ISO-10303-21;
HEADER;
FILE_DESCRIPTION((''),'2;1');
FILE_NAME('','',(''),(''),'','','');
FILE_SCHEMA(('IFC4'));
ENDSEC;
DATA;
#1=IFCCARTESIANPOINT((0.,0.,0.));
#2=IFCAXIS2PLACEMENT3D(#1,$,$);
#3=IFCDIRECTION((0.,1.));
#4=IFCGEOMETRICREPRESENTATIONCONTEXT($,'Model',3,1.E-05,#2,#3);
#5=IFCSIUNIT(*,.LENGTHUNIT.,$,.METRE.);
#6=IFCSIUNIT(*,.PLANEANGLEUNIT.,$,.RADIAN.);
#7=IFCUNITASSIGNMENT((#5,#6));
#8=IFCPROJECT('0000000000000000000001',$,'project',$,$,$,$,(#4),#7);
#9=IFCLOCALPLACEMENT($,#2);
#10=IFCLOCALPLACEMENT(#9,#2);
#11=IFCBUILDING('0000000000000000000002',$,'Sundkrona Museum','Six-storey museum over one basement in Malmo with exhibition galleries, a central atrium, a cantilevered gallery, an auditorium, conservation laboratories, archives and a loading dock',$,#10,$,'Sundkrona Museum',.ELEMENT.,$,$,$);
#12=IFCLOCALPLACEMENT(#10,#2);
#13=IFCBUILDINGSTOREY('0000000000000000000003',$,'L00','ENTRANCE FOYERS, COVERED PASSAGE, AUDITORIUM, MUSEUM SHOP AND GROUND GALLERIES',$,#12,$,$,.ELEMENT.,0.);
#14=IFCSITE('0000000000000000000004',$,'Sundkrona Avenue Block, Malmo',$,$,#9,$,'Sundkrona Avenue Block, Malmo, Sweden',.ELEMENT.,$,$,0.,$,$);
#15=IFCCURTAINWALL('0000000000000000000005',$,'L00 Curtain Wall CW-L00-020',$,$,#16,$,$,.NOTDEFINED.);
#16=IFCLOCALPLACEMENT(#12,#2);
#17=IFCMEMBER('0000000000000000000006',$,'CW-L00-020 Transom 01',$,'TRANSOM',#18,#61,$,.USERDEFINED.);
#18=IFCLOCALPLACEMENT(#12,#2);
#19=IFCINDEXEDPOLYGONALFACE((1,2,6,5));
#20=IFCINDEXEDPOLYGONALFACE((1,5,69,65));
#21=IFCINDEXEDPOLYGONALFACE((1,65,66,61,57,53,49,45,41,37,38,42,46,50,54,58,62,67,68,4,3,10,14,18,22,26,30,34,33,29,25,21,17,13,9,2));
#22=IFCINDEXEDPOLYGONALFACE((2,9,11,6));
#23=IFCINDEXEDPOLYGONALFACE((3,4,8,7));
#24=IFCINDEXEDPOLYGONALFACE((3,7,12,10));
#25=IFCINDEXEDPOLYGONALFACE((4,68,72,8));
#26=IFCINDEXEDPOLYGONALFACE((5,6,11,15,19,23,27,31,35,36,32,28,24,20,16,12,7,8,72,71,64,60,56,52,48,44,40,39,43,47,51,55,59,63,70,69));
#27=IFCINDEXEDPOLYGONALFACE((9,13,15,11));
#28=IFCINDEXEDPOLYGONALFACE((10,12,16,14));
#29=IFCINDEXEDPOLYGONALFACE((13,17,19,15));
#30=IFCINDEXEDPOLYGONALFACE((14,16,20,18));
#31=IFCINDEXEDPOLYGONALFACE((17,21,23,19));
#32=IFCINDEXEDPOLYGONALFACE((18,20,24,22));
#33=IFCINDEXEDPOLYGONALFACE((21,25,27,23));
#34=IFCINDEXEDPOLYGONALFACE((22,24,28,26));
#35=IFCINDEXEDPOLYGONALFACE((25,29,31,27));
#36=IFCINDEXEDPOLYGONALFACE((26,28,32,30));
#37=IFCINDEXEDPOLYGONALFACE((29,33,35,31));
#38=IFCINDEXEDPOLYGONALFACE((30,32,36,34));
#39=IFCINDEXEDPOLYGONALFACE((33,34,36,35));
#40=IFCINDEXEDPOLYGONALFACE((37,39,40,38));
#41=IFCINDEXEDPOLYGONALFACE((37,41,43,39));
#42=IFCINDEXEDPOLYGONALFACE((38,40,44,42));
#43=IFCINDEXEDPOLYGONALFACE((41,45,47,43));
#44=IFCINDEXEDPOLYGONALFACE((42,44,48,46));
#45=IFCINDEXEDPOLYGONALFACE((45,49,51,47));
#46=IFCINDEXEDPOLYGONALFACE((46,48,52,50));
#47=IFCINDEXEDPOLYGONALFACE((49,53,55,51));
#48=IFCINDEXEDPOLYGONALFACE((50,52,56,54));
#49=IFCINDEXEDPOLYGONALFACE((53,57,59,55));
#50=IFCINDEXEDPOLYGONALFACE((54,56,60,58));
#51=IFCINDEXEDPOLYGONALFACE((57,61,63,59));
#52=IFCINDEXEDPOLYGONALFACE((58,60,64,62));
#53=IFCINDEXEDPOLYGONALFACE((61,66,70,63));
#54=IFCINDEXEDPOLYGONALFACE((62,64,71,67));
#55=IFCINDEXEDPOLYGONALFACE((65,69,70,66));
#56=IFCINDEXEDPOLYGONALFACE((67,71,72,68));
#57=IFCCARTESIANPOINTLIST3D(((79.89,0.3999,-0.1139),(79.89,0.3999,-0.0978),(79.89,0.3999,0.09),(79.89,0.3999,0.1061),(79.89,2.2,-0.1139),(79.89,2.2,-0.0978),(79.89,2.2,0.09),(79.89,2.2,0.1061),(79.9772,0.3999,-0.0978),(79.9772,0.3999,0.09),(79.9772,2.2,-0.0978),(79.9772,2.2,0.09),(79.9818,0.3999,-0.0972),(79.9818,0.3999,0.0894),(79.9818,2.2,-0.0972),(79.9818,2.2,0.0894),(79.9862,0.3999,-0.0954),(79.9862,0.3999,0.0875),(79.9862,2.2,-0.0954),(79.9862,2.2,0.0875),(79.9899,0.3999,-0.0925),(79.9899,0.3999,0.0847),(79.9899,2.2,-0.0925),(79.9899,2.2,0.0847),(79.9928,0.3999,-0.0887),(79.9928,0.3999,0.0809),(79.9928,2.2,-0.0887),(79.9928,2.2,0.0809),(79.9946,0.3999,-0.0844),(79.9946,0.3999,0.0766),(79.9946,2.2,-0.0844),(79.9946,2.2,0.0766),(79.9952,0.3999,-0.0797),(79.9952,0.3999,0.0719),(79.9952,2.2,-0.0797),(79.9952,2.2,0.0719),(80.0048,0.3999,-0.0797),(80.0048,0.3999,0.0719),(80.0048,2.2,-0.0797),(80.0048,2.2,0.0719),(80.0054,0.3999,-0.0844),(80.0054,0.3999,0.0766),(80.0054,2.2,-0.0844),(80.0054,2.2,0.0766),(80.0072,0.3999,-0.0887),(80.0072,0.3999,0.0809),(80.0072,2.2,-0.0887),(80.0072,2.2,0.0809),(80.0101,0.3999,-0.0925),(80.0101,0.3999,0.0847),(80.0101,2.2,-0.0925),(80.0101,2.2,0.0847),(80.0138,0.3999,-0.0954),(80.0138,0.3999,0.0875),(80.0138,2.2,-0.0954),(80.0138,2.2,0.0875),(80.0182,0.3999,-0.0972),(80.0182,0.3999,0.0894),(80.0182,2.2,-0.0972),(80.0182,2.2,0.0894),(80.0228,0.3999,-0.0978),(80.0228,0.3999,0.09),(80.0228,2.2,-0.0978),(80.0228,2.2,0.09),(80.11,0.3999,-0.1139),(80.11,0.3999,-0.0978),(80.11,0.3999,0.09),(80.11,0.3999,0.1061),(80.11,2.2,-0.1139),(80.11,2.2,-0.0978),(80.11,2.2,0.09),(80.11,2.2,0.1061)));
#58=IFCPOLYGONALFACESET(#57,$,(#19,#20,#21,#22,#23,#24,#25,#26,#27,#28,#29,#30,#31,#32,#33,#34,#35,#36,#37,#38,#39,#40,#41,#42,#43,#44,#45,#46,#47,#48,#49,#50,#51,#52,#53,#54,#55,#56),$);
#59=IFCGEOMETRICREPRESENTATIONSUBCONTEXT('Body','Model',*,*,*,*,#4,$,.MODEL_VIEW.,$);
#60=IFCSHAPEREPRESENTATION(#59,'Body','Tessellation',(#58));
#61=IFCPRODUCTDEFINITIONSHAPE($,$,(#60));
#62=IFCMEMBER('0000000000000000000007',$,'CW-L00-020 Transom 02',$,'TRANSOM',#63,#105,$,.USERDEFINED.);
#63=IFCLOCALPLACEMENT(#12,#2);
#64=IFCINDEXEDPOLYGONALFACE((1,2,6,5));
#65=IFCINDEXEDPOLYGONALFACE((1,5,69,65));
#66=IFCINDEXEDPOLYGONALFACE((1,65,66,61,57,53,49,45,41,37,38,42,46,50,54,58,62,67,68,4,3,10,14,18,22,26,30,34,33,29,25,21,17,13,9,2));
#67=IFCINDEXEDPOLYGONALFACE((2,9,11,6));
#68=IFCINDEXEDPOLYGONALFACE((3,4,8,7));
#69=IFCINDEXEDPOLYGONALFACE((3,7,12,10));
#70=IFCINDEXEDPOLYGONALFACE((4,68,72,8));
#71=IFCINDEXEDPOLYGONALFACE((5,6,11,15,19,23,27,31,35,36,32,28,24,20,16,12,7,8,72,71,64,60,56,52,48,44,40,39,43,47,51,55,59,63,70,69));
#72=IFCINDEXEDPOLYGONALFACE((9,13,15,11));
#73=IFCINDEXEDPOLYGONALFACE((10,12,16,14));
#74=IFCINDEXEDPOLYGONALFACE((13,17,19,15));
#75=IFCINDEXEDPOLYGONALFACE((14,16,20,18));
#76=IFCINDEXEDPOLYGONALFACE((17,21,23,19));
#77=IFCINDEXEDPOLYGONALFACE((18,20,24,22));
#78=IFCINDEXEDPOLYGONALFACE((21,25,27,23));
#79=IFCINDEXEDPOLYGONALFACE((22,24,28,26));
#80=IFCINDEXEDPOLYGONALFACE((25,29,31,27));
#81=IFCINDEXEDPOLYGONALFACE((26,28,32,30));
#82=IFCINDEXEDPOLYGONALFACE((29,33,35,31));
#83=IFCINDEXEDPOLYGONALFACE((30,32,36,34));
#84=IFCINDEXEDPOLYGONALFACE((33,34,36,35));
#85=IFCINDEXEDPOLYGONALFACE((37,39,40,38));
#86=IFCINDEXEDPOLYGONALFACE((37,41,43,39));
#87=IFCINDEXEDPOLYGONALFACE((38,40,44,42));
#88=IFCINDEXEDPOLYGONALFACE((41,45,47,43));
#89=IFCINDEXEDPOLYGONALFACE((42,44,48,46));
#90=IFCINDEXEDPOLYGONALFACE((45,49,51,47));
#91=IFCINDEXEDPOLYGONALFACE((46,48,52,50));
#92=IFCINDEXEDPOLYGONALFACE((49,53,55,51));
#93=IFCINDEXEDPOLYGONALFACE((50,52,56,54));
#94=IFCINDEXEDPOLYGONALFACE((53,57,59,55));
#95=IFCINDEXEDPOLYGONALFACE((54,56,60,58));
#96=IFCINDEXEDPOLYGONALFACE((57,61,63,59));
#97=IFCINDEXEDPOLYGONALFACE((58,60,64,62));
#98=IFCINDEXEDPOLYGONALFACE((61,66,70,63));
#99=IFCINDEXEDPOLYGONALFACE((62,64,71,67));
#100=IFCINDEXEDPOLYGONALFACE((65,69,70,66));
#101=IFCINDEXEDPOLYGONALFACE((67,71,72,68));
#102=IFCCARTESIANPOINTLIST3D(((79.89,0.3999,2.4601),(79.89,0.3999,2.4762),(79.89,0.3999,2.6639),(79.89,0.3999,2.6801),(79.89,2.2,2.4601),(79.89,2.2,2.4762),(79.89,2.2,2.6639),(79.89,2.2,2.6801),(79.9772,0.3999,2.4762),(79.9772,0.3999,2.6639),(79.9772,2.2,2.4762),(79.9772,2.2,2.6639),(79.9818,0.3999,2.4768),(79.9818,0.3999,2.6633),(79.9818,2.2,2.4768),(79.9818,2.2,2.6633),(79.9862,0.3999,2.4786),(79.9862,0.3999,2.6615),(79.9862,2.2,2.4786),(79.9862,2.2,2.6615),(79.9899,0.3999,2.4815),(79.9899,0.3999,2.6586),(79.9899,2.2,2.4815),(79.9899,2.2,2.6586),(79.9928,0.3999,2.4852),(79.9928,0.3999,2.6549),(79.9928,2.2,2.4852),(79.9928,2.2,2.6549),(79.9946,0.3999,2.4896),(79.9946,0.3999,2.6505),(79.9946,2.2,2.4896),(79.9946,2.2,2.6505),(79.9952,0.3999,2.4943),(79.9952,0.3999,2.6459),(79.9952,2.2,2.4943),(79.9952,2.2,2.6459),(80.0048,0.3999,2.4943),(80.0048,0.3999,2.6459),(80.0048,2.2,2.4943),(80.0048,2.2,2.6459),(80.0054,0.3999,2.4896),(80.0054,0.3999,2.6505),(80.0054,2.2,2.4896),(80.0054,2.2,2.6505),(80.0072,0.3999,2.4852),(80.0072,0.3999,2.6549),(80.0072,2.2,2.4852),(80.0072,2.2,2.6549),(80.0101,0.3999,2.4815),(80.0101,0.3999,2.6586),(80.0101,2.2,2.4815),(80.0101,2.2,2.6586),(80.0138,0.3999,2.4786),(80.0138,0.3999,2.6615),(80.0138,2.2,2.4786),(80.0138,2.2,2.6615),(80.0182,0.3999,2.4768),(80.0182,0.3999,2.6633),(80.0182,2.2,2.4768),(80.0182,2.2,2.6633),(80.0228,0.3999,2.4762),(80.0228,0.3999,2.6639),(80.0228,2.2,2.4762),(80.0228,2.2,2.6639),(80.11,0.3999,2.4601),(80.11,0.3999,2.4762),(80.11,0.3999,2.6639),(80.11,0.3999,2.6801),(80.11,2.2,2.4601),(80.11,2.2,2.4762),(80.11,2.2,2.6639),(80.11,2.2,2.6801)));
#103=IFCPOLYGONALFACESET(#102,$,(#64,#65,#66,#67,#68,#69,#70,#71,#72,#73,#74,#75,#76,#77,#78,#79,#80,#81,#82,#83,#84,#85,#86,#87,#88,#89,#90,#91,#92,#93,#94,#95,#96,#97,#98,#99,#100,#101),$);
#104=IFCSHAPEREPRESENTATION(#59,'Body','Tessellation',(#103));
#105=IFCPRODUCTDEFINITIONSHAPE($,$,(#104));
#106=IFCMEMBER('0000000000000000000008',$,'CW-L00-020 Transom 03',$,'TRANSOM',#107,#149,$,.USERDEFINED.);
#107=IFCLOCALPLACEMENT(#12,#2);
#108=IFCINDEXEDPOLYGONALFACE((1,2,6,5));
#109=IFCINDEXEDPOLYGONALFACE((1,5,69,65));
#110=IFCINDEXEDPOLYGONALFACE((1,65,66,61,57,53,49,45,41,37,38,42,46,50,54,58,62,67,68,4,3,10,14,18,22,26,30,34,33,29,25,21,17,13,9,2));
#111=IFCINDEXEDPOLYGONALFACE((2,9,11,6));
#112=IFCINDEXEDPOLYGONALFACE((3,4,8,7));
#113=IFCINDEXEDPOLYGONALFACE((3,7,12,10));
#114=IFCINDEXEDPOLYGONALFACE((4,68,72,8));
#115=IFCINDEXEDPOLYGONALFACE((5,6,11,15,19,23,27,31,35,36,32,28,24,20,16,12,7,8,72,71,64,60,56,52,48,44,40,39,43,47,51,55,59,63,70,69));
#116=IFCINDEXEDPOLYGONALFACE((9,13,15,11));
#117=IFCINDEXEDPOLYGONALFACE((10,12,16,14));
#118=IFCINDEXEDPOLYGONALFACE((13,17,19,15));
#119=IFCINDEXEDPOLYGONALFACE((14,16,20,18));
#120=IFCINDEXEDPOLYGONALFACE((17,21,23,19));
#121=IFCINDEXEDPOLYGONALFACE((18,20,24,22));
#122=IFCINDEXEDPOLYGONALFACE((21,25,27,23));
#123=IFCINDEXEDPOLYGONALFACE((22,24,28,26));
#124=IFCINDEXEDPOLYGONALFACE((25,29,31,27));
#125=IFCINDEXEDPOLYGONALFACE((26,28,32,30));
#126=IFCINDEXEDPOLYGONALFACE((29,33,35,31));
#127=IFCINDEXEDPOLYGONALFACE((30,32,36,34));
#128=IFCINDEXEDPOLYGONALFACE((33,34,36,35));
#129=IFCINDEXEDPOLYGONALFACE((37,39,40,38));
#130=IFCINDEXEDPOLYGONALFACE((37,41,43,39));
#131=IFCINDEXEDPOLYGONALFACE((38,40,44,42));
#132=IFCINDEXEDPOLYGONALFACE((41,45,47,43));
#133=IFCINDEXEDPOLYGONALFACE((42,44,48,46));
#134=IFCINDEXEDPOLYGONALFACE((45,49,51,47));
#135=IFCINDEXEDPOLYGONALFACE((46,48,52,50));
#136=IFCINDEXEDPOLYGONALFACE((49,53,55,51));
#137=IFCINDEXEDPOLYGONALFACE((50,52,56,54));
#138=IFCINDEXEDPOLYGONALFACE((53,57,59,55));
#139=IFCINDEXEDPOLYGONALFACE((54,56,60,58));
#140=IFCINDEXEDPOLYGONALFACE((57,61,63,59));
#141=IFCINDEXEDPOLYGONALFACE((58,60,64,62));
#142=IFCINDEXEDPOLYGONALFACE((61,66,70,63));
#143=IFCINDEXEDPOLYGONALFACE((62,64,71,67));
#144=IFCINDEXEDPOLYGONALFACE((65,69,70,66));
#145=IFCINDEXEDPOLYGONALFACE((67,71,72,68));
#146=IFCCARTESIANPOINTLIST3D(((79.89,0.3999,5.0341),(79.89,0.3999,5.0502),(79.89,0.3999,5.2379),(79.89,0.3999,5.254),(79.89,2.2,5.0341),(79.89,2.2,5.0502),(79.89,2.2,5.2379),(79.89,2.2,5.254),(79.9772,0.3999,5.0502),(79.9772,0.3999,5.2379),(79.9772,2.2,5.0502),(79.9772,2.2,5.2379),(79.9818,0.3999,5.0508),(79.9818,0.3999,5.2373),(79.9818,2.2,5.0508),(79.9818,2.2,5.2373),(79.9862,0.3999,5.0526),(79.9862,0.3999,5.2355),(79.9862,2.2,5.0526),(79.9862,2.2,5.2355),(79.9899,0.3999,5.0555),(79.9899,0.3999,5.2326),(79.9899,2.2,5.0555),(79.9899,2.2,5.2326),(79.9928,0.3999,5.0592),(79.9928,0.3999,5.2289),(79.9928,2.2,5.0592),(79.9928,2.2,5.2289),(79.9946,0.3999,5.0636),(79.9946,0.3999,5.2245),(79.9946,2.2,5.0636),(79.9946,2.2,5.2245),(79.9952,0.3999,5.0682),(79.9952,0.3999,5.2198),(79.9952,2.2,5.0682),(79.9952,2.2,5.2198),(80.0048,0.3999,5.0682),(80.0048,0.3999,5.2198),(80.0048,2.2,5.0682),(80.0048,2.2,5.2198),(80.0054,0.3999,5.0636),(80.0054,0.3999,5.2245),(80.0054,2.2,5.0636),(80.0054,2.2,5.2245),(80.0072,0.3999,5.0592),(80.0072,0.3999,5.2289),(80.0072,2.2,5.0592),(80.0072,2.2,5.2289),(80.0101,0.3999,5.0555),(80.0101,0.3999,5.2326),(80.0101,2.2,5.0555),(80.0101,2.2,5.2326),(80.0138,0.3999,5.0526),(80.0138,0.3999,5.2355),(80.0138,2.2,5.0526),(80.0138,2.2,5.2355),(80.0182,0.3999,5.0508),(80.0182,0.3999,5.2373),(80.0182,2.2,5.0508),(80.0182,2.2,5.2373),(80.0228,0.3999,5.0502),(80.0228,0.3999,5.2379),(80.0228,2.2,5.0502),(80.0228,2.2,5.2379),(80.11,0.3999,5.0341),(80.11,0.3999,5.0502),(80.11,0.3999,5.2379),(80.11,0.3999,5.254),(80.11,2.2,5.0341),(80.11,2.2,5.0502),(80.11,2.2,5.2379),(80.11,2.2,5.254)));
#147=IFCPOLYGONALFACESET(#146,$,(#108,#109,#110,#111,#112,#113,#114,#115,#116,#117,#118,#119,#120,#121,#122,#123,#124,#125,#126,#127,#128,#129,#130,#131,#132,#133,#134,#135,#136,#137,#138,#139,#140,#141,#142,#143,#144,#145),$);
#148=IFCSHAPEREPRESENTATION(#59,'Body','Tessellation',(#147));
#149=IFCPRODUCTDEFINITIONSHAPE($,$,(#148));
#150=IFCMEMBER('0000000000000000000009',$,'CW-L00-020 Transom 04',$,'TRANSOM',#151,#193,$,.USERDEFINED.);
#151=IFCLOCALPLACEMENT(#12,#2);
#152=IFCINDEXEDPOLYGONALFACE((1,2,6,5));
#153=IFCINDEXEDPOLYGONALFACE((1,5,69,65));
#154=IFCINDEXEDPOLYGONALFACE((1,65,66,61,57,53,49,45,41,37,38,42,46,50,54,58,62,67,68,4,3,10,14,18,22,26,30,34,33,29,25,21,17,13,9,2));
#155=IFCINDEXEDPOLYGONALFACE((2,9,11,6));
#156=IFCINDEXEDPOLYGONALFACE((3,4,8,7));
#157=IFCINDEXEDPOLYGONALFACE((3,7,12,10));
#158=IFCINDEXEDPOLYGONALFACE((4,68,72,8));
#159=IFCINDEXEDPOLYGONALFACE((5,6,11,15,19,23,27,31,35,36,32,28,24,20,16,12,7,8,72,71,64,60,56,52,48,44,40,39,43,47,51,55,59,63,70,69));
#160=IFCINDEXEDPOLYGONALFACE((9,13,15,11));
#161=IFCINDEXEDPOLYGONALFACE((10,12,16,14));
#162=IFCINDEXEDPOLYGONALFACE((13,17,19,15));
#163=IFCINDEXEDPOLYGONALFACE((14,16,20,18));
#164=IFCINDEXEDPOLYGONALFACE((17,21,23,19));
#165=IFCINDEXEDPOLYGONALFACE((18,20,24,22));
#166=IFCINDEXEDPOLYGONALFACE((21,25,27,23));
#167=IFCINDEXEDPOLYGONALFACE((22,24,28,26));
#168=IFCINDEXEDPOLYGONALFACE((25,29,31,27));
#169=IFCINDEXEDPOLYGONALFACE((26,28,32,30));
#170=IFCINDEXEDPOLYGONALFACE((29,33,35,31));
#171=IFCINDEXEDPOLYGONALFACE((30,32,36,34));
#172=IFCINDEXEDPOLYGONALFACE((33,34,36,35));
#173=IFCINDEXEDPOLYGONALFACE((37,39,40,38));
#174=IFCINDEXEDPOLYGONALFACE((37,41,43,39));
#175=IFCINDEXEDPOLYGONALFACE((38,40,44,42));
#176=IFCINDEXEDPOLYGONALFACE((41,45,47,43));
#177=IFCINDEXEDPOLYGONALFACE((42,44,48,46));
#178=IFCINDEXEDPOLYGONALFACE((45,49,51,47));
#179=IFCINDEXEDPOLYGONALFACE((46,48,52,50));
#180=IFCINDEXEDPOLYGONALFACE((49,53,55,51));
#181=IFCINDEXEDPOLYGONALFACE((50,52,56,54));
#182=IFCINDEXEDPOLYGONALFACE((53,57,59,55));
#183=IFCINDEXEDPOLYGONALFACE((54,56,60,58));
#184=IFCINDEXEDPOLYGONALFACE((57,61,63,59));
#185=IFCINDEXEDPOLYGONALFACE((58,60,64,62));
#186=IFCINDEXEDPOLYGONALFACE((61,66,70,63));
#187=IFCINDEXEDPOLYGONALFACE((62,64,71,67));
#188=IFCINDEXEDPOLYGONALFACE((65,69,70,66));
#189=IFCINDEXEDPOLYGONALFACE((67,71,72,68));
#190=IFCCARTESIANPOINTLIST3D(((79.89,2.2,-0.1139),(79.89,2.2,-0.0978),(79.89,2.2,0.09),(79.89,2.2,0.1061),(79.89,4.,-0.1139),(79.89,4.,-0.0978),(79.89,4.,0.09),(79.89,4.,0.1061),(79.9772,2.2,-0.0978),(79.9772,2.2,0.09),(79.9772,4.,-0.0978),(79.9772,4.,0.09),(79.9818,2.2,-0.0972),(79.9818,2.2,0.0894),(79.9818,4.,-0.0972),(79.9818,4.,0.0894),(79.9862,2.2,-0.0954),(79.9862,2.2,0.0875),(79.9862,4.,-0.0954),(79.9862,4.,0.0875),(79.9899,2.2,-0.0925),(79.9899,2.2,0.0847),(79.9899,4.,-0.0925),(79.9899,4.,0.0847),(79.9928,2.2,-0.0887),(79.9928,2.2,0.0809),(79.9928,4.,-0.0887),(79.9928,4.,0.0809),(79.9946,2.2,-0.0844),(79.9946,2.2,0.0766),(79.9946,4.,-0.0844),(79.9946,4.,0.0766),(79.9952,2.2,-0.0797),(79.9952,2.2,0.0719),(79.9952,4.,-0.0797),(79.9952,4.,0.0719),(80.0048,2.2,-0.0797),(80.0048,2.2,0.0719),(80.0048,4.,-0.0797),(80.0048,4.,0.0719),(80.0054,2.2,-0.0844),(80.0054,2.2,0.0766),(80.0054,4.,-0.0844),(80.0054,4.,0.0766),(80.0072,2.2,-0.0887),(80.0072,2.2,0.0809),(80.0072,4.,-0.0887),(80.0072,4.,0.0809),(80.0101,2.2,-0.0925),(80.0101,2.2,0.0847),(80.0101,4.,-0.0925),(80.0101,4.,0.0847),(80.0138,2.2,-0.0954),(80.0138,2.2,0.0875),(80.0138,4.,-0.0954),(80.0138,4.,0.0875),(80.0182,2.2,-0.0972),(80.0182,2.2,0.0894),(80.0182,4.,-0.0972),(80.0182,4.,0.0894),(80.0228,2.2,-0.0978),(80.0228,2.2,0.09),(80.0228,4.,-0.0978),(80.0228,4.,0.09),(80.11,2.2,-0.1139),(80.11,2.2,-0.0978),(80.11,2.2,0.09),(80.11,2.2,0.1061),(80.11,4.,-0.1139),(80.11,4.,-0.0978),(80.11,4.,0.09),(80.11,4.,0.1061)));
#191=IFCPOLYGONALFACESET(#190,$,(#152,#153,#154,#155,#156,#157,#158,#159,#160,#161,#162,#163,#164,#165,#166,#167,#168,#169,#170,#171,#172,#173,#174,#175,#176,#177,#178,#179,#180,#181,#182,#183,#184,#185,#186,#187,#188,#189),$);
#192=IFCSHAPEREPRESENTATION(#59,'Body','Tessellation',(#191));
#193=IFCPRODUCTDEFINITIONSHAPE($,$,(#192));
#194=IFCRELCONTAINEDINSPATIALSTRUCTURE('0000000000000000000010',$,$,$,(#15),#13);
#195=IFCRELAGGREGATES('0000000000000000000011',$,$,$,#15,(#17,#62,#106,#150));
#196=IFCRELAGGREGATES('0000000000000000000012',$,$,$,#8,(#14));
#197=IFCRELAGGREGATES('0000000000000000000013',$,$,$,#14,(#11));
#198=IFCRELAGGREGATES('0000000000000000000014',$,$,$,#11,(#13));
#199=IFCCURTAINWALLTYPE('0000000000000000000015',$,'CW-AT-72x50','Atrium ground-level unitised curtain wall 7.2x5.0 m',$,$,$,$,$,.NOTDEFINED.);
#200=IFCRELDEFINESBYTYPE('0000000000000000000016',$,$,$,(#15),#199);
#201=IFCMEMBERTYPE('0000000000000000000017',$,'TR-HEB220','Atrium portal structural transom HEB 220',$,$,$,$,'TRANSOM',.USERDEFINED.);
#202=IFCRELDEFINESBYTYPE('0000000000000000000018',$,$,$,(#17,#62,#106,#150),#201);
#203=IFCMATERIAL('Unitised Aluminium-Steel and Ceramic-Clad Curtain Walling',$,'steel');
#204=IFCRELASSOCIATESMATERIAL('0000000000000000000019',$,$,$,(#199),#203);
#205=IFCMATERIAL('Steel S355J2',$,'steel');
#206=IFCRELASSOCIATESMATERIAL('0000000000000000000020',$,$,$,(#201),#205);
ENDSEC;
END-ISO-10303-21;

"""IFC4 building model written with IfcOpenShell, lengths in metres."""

from ifc_helpers import new_model, si_unit, direction, frame, origin, origin_2d, place, context, subcontext, project, spatial, i_section, extrude, material, material_profile, profile_set, type_object, element, aggregate, save


model = new_model("IFC4")

# Units and contexts
model_context = context("Model", 3, precision=1e-05, world=origin(), true_north=direction((0.0, 1.0)))
body_context = subcontext(model_context, "Body", "Model", "MODEL_VIEW")
ifc_project = project(units=[si_unit("LENGTHUNIT", "METRE"), si_unit("PLANEANGLEUNIT", "RADIAN")], contexts=[model_context])

# Site, building, storey
site_placement = place(None, origin())
site = spatial("IfcSite", under=ifc_project, at=site_placement, Name="Sundkrona Avenue Block, Malmo", LongName="Sundkrona Avenue Block, Malmo, Sweden", CompositionType="ELEMENT", RefElevation=0.0)
building_placement = place(site_placement, origin())
building = spatial("IfcBuilding", under=site, at=building_placement, Name="Sundkrona Museum", Description="Six-storey museum over one basement in Malmo with exhibition galleries, a central atrium, a cantilevered gallery, an auditorium, conservation laboratories, archives and a loading dock", LongName="Sundkrona Museum", CompositionType="ELEMENT")
storey_placement = place(building_placement, origin())
storey = spatial("IfcBuildingStorey", under=building, at=storey_placement, Name="L00", Description="ENTRANCE FOYERS, COVERED PASSAGE, AUDITORIUM, MUSEUM SHOP AND GROUND GALLERIES", CompositionType="ELEMENT", Elevation=0.0)

# Shared definitions
ifc_material_1 = material(Name="Steel S355J2", Category="steel")

# Curtain wall
ifc_material_2 = material(Name="Unitised Aluminium-Steel and Ceramic-Clad Curtain Walling", Category="steel")
curtain_wall_type = type_object("IfcCurtainWallType", Name="CW-AT-72x50", Description="Atrium ground-level unitised curtain wall 7.2x5.0 m", PredefinedType="NOTDEFINED", material=ifc_material_2)
curtain_wall_1_placement = place(storey_placement, origin())
curtain_wall_1 = element("IfcCurtainWall", 1, at=curtain_wall_1_placement, inside=storey, type_object=curtain_wall_type, Name="L00 Curtain Wall CW-L00-020", PredefinedType="NOTDEFINED")

# Members
ifc_material_profile_1 = material_profile(ifc_material_1, i_section(OverallWidth=0.22, OverallDepth=0.22, WebThickness=0.0095, FlangeThickness=0.0161, FilletRadius=0.0181, at=origin_2d()), Name="HEB 220")
ifc_profile_set_1 = profile_set([ifc_material_profile_1], Name="Steel S355J2")
member_type_1 = type_object("IfcMemberType", Name="TR-HEB220", Description="Atrium portal structural transom HEB 220", ElementType="TRANSOM", PredefinedType="USERDEFINED", material=ifc_profile_set_1)
member_1_placement = place(storey_placement, frame((80.0, 0.3999, -0.0039), z_axis=(0.0, 1.0, 0.0), x_axis=(-1.0, 0.0, 0.0)))
member_1 = element("IfcMember", 2, at=member_1_placement, type_object=member_type_1, Name="CW-L00-020 Transom 01", ObjectType="TRANSOM", PredefinedType="USERDEFINED", context=body_context, shape_type="SweptSolid", body=[
    extrude(i_section(OverallWidth=0.22, OverallDepth=0.22, WebThickness=0.0095, FlangeThickness=0.0161, FilletRadius=0.0181, at=origin_2d()), origin(), (0.0, 0.0, 1.0), 1.8),
])
member_2_placement = place(storey_placement, frame((80.0, 0.3999, 2.5701), z_axis=(0.0, 1.0, 0.0), x_axis=(-1.0, 0.0, 0.0)))
member_2 = element("IfcMember", 3, at=member_2_placement, type_object=member_type_1, Name="CW-L00-020 Transom 02", ObjectType="TRANSOM", PredefinedType="USERDEFINED", context=body_context, shape_type="SweptSolid", body=[
    extrude(i_section(OverallWidth=0.22, OverallDepth=0.22, WebThickness=0.0095, FlangeThickness=0.0161, FilletRadius=0.0181, at=origin_2d()), origin(), (0.0, 0.0, 1.0), 1.8),
])
member_3_placement = place(storey_placement, frame((80.0, 0.3999, 5.144), z_axis=(0.0, 1.0, 0.0), x_axis=(-1.0, 0.0, 0.0)))
member_3 = element("IfcMember", 4, at=member_3_placement, type_object=member_type_1, Name="CW-L00-020 Transom 03", ObjectType="TRANSOM", PredefinedType="USERDEFINED", context=body_context, shape_type="SweptSolid", body=[
    extrude(i_section(OverallWidth=0.22, OverallDepth=0.22, WebThickness=0.0095, FlangeThickness=0.0161, FilletRadius=0.0181, at=origin_2d()), origin(), (0.0, 0.0, 1.0), 1.8),
])
member_4_placement = place(storey_placement, frame((80.0, 2.2, -0.0039), z_axis=(0.0, 1.0, 0.0), x_axis=(-1.0, 0.0, 0.0)))
member_4 = element("IfcMember", 5, at=member_4_placement, type_object=member_type_1, Name="CW-L00-020 Transom 04", ObjectType="TRANSOM", PredefinedType="USERDEFINED", context=body_context, shape_type="SweptSolid", body=[
    extrude(i_section(OverallWidth=0.22, OverallDepth=0.22, WebThickness=0.0095, FlangeThickness=0.0161, FilletRadius=0.0181, at=origin_2d()), origin(), (0.0, 0.0, 1.0), 1.8),
])

aggregate(curtain_wall_1, [member_1, member_2, member_3, member_4])

save(model, "model.ifc")
